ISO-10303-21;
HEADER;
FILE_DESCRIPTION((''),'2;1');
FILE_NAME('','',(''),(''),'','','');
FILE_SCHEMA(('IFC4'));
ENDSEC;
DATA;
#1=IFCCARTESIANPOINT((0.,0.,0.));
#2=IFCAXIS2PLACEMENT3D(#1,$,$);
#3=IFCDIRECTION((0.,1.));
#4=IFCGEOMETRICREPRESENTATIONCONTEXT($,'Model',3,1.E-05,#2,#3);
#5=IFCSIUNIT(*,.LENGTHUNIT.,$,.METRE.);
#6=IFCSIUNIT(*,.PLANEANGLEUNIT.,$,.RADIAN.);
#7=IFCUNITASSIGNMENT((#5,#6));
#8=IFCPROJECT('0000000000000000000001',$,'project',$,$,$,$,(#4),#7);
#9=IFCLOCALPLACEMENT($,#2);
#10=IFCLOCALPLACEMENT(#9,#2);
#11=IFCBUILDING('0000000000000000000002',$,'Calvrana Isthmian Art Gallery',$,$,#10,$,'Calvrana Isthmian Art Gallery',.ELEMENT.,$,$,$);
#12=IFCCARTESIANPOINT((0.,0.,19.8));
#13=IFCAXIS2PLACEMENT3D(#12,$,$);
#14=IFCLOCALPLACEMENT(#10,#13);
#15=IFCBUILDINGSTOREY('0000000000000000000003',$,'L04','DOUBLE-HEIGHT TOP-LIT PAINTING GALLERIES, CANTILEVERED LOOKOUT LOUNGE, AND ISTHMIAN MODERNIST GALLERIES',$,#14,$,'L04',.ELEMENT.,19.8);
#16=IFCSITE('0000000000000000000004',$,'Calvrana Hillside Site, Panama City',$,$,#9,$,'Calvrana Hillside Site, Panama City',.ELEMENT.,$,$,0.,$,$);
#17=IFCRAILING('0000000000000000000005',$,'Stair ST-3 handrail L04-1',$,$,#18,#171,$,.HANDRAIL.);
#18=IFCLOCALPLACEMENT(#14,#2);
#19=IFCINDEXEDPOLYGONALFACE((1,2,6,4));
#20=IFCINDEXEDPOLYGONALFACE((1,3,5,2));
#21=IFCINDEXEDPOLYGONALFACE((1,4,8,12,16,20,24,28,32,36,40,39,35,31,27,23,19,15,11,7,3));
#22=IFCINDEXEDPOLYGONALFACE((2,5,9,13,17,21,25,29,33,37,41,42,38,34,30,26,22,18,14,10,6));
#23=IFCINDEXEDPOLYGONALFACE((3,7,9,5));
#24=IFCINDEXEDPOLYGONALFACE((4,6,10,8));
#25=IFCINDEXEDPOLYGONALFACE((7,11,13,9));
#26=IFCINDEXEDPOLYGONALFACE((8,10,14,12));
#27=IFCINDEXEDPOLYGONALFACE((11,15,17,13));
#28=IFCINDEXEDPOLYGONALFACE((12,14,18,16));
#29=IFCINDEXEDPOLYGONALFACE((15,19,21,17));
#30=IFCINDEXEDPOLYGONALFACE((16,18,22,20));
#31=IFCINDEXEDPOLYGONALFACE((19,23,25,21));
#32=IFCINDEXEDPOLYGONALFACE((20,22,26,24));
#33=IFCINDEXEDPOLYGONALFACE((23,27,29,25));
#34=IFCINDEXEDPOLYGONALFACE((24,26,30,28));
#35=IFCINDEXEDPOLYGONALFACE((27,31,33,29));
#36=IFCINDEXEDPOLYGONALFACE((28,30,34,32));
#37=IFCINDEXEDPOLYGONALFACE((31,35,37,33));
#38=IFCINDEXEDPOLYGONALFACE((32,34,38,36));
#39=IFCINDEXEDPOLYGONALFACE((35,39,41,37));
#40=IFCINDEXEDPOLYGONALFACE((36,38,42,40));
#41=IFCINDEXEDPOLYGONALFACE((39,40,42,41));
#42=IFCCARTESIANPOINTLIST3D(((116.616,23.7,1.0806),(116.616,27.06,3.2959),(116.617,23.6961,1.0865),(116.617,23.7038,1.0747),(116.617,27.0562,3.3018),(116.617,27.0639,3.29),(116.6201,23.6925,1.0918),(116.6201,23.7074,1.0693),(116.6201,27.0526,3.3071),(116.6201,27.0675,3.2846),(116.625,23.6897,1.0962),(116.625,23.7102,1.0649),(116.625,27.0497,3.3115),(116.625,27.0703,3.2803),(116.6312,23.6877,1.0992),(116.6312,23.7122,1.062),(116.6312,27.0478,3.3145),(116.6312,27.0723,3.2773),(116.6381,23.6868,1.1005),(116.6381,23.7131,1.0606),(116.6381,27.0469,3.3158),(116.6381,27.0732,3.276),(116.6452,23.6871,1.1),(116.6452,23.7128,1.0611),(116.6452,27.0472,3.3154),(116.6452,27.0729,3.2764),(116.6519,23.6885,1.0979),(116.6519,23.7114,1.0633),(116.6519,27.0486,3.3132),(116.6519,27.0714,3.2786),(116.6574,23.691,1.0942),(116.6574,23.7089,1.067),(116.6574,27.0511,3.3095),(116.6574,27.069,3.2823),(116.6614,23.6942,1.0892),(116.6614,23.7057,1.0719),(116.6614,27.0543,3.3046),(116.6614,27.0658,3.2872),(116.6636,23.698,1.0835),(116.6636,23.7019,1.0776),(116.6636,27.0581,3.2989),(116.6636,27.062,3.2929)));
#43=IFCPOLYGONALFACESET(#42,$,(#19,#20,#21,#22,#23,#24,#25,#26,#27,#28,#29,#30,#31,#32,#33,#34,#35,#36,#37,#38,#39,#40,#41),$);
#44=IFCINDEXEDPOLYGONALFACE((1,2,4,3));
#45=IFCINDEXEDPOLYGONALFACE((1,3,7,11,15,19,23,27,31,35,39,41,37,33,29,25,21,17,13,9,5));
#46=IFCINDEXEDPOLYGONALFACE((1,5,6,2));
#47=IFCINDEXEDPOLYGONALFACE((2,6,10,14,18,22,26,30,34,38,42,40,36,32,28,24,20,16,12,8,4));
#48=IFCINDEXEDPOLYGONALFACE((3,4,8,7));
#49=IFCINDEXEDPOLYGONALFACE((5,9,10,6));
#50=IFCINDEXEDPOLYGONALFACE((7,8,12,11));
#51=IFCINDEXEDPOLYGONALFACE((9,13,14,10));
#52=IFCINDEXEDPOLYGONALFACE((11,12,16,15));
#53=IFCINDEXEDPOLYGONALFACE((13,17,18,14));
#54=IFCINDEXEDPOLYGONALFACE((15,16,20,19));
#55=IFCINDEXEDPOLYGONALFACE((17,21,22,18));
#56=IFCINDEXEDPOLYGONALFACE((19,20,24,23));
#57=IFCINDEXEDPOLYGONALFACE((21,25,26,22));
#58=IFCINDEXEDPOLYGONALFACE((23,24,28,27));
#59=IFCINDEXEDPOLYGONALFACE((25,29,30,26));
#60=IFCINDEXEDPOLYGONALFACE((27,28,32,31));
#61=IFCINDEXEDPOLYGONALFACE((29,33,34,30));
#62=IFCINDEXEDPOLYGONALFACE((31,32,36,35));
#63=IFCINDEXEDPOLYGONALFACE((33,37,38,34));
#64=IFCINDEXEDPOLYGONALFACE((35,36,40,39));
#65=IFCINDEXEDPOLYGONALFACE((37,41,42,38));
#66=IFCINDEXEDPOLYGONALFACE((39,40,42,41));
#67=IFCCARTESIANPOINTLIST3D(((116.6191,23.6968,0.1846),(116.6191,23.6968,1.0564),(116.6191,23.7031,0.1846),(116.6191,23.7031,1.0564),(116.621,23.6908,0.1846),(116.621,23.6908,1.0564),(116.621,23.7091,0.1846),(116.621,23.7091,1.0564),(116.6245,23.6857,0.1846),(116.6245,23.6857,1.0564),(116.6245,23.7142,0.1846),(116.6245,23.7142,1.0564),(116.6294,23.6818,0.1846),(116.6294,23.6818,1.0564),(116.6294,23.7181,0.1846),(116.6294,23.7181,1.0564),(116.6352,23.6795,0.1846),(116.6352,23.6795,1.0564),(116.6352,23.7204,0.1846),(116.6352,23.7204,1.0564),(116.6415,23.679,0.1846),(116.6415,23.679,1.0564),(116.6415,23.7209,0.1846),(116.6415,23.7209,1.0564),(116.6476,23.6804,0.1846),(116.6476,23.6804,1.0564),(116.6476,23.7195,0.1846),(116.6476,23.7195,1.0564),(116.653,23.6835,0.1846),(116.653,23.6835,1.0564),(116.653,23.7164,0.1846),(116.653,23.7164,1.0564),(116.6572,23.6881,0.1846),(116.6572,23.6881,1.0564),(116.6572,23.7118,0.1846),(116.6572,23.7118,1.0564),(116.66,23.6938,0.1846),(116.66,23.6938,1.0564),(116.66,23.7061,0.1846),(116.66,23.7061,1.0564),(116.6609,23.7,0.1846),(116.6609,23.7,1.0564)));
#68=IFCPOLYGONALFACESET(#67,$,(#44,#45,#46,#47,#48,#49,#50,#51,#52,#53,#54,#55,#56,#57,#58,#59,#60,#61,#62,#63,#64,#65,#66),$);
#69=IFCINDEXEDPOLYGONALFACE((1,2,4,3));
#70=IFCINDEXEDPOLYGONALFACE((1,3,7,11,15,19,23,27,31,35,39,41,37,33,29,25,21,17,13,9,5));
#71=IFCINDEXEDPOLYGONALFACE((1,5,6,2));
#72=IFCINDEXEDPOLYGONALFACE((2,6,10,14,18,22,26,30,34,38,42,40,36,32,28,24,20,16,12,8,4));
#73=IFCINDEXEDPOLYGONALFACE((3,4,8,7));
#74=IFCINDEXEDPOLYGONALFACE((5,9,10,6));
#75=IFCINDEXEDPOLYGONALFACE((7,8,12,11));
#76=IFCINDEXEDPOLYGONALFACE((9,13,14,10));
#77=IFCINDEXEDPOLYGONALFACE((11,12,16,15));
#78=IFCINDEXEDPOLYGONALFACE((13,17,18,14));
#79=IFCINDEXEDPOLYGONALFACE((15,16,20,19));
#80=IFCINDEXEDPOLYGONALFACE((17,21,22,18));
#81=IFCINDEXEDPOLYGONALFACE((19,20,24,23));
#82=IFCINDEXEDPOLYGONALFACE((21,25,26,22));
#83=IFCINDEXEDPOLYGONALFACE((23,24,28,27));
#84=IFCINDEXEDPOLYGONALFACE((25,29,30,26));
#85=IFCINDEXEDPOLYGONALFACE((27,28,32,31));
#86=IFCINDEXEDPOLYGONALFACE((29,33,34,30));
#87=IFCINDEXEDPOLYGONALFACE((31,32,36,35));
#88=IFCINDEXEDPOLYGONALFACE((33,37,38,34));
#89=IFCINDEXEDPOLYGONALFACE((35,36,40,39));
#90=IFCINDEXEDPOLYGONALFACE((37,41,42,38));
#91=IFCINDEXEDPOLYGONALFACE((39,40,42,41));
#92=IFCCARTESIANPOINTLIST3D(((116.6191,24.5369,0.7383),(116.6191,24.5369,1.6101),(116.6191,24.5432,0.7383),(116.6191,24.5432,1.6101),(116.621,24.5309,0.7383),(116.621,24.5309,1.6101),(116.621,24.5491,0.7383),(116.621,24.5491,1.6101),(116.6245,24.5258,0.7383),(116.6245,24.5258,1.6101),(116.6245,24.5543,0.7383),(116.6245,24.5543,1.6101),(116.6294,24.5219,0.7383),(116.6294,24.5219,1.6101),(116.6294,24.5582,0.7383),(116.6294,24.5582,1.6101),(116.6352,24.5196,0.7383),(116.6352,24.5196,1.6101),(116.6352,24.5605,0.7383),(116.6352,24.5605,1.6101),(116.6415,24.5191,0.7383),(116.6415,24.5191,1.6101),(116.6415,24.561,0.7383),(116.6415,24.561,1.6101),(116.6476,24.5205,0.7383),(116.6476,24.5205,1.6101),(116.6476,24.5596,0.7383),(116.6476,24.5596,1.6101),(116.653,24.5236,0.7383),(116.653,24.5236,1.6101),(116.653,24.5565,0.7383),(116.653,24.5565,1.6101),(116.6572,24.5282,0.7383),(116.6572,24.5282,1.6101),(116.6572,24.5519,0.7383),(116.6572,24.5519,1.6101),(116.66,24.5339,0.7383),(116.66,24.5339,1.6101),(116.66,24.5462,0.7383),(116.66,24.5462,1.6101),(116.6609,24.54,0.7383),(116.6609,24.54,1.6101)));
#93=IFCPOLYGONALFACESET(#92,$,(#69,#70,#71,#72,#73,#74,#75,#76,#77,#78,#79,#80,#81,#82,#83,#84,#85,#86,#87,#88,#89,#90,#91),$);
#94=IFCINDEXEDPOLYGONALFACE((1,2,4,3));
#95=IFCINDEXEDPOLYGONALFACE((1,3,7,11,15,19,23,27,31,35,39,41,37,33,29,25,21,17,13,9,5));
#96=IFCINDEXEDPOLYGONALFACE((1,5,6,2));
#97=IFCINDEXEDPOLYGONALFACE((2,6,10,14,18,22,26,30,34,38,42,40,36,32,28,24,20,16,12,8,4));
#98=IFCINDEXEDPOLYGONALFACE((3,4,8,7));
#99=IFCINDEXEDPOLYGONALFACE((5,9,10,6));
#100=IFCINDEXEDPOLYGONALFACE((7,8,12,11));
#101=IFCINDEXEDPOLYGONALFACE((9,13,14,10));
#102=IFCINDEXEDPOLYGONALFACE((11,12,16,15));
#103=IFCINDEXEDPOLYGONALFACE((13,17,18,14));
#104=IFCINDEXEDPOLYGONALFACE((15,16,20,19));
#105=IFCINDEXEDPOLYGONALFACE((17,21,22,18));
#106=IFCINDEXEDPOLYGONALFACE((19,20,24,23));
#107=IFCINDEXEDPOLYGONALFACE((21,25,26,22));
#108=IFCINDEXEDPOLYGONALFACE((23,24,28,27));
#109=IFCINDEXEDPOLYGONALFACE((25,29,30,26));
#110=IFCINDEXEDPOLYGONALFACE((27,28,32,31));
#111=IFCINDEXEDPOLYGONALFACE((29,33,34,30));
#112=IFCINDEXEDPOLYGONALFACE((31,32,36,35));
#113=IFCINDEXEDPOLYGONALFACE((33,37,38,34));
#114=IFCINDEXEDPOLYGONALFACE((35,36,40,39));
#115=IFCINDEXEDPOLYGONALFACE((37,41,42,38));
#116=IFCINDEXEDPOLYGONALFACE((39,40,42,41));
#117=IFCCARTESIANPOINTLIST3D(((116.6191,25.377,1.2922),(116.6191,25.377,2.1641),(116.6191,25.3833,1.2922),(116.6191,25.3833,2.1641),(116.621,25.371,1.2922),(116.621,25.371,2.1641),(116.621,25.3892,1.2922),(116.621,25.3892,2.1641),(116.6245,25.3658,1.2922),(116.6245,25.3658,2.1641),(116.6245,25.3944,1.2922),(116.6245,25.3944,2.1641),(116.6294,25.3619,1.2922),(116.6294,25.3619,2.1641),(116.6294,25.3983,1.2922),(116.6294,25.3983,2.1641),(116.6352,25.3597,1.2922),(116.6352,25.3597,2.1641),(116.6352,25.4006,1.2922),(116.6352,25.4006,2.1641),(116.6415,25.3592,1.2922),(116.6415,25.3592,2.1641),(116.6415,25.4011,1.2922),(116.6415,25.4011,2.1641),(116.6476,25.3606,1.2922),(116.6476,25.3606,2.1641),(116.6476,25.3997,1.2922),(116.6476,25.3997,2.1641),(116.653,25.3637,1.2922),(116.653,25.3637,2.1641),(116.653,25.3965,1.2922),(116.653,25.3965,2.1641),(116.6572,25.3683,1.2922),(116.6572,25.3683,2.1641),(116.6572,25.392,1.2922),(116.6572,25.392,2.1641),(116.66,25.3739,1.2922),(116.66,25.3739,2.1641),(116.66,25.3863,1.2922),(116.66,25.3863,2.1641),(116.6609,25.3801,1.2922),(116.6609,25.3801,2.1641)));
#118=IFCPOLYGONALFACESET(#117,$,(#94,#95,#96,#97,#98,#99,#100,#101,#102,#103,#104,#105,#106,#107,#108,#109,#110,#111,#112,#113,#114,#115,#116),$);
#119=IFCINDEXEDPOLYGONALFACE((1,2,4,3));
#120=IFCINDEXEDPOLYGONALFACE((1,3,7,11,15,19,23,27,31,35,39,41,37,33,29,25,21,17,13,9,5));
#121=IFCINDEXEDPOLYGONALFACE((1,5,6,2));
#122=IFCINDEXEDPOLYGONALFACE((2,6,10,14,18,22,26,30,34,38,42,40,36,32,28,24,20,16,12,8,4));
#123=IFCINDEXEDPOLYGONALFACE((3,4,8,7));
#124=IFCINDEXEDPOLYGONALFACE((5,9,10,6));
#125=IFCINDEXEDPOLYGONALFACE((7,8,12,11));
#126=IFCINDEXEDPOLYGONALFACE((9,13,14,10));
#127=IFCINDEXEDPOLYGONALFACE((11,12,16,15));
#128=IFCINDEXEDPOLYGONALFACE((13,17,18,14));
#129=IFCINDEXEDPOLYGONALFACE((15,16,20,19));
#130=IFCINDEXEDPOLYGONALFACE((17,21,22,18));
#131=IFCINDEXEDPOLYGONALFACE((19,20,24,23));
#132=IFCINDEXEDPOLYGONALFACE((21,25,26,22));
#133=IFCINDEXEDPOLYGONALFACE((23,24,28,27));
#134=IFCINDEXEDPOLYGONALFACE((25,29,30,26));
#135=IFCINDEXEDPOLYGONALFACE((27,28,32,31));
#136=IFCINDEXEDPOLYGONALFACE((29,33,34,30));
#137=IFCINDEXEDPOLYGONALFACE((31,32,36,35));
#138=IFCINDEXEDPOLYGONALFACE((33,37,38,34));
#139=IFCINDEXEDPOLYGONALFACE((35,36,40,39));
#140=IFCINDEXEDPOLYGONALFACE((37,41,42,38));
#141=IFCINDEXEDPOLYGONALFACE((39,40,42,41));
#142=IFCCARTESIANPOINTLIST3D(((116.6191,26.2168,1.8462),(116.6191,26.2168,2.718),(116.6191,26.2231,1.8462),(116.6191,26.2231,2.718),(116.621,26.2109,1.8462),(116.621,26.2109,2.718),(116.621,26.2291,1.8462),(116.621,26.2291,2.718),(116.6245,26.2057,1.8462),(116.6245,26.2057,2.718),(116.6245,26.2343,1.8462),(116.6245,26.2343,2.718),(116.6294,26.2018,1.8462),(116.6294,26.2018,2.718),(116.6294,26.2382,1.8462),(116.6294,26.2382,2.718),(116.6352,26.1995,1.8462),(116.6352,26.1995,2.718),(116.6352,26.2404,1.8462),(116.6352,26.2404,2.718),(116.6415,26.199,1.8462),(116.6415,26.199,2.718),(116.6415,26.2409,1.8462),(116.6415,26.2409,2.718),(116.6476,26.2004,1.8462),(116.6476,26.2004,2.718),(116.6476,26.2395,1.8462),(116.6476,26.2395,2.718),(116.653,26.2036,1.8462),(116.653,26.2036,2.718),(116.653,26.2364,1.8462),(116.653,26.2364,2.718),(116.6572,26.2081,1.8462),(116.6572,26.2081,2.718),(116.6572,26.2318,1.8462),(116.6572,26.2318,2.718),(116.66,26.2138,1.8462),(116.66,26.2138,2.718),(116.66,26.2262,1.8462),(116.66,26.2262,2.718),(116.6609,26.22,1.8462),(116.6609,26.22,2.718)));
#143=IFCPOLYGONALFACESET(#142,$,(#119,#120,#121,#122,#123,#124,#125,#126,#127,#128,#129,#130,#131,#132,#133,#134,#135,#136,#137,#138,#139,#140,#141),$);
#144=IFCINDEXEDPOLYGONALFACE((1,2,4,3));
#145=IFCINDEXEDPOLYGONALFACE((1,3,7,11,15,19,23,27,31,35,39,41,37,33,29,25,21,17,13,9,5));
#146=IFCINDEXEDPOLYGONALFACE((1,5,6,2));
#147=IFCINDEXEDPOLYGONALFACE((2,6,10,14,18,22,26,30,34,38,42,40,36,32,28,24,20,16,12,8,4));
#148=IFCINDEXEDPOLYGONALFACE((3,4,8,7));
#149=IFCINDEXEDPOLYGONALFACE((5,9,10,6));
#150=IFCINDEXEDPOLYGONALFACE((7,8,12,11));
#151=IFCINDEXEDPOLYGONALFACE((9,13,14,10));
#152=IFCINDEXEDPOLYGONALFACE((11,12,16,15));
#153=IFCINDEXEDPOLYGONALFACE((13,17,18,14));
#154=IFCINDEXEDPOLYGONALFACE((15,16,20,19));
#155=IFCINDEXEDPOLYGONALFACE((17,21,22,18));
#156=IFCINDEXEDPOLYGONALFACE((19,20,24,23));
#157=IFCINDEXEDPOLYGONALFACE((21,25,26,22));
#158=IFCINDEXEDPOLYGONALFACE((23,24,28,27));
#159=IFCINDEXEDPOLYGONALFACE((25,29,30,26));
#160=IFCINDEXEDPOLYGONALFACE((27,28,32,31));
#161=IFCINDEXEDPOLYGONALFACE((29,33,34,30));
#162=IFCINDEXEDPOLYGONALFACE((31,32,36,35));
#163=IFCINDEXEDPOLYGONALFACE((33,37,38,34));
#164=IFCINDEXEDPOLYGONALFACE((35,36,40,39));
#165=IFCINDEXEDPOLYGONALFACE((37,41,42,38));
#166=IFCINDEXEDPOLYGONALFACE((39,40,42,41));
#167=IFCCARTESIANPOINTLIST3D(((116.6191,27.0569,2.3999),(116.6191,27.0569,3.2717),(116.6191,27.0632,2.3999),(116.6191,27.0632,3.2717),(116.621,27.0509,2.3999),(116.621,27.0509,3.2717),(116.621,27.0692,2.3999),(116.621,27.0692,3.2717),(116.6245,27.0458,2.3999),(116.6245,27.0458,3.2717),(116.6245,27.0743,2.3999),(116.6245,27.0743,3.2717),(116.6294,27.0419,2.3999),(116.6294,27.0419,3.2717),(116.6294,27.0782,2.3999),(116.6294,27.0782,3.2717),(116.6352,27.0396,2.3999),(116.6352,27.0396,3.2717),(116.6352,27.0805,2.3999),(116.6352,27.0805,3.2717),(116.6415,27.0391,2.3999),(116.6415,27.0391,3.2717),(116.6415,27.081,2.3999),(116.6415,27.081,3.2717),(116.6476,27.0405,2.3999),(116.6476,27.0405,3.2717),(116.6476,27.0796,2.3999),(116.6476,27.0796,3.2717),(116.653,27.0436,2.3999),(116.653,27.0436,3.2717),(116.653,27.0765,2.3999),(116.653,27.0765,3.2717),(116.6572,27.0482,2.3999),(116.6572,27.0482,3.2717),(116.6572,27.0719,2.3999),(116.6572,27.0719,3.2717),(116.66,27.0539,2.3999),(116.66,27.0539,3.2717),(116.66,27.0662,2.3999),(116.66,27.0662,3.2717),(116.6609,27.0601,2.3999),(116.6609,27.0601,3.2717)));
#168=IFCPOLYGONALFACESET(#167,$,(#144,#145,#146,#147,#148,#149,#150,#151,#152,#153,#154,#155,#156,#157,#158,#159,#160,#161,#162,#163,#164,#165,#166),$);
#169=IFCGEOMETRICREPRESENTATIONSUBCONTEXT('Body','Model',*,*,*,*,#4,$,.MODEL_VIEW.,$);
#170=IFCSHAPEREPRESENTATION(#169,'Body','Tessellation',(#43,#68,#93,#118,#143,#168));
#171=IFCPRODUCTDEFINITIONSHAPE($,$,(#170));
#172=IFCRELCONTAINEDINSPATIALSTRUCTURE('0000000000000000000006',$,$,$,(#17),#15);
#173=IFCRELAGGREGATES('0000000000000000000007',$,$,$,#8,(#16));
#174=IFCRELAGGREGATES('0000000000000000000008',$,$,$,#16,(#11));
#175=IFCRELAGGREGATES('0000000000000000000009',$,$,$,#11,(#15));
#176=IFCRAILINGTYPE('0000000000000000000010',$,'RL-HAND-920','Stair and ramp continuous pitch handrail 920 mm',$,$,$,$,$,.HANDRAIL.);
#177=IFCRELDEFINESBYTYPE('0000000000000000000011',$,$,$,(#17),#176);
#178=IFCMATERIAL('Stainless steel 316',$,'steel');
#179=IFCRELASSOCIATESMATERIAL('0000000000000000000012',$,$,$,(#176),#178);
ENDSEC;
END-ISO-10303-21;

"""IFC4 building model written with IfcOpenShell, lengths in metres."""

from ifc_helpers import new_model, si_unit, direction, frame, origin, origin_2d, place, context, subcontext, project, spatial, circle, extrude, material, type_object, element, save


model = new_model("IFC4")

# Units and contexts
model_context = context("Model", 3, precision=1e-05, world=origin(), true_north=direction((0.0, 1.0)))
body_context = subcontext(model_context, "Body", "Model", "MODEL_VIEW")
ifc_project = project(units=[si_unit("LENGTHUNIT", "METRE"), si_unit("PLANEANGLEUNIT", "RADIAN")], contexts=[model_context])

# Site, building, storey
site_placement = place(None, origin())
site = spatial("IfcSite", under=ifc_project, at=site_placement, Name="Calvrana Hillside Site, Panama City", LongName="Calvrana Hillside Site, Panama City", CompositionType="ELEMENT", RefElevation=0.0)
building_placement = place(site_placement, origin())
building = spatial("IfcBuilding", under=site, at=building_placement, Name="Calvrana Isthmian Art Gallery", LongName="Calvrana Isthmian Art Gallery", CompositionType="ELEMENT")
storey_placement = place(building_placement, frame((0.0, 0.0, 19.8)))
storey = spatial("IfcBuildingStorey", under=building, at=storey_placement, Name="L04", Description="DOUBLE-HEIGHT TOP-LIT PAINTING GALLERIES, CANTILEVERED LOOKOUT LOUNGE, AND ISTHMIAN MODERNIST GALLERIES", LongName="L04", CompositionType="ELEMENT", Elevation=19.8)

# Shared definitions
ifc_material_1 = material(Name="Stainless steel 316", Category="steel")

# Railing
railing_type_1 = type_object("IfcRailingType", Name="RL-HAND-920", Description="Stair and ramp continuous pitch handrail 920 mm", PredefinedType="HANDRAIL", material=ifc_material_1)
railing_1_placement = place(storey_placement, frame((116.6399, 23.7, 0.1846)))
element("IfcRailing", 1, at=railing_1_placement, inside=storey, type_object=railing_type_1, Name="Stair ST-3 handrail L04-1", PredefinedType="HANDRAIL", context=body_context, shape_type="SweptSolid", body=[
    extrude(circle(Radius=0.0239, at=origin_2d()), frame((0.0, 0.0, 0.896), z_axis=(0.0, 0.834876, 0.550437), x_axis=(-1.0, 0.0, 0.0)), (0.0, 0.0, 1.0), 4.0247),
    extrude(circle(Radius=0.021, at=origin_2d()), origin(), (0.0, 0.0, 1.0), 0.8718),
    extrude(circle(Radius=0.021, at=origin_2d()), frame((0.0, 0.8401, 0.5537)), (0.0, 0.0, 1.0), 0.8718),
    extrude(circle(Radius=0.021, at=origin_2d()), frame((0.0, 1.6802, 1.1077)), (0.0, 0.0, 1.0), 0.8718),
    extrude(circle(Radius=0.021, at=origin_2d()), frame((0.0, 2.52, 1.6616)), (0.0, 0.0, 1.0), 0.8718),
    extrude(circle(Radius=0.021, at=origin_2d()), frame((0.0, 3.3601, 2.2153)), (0.0, 0.0, 1.0), 0.8718),
])

save(model, "model.ifc")
